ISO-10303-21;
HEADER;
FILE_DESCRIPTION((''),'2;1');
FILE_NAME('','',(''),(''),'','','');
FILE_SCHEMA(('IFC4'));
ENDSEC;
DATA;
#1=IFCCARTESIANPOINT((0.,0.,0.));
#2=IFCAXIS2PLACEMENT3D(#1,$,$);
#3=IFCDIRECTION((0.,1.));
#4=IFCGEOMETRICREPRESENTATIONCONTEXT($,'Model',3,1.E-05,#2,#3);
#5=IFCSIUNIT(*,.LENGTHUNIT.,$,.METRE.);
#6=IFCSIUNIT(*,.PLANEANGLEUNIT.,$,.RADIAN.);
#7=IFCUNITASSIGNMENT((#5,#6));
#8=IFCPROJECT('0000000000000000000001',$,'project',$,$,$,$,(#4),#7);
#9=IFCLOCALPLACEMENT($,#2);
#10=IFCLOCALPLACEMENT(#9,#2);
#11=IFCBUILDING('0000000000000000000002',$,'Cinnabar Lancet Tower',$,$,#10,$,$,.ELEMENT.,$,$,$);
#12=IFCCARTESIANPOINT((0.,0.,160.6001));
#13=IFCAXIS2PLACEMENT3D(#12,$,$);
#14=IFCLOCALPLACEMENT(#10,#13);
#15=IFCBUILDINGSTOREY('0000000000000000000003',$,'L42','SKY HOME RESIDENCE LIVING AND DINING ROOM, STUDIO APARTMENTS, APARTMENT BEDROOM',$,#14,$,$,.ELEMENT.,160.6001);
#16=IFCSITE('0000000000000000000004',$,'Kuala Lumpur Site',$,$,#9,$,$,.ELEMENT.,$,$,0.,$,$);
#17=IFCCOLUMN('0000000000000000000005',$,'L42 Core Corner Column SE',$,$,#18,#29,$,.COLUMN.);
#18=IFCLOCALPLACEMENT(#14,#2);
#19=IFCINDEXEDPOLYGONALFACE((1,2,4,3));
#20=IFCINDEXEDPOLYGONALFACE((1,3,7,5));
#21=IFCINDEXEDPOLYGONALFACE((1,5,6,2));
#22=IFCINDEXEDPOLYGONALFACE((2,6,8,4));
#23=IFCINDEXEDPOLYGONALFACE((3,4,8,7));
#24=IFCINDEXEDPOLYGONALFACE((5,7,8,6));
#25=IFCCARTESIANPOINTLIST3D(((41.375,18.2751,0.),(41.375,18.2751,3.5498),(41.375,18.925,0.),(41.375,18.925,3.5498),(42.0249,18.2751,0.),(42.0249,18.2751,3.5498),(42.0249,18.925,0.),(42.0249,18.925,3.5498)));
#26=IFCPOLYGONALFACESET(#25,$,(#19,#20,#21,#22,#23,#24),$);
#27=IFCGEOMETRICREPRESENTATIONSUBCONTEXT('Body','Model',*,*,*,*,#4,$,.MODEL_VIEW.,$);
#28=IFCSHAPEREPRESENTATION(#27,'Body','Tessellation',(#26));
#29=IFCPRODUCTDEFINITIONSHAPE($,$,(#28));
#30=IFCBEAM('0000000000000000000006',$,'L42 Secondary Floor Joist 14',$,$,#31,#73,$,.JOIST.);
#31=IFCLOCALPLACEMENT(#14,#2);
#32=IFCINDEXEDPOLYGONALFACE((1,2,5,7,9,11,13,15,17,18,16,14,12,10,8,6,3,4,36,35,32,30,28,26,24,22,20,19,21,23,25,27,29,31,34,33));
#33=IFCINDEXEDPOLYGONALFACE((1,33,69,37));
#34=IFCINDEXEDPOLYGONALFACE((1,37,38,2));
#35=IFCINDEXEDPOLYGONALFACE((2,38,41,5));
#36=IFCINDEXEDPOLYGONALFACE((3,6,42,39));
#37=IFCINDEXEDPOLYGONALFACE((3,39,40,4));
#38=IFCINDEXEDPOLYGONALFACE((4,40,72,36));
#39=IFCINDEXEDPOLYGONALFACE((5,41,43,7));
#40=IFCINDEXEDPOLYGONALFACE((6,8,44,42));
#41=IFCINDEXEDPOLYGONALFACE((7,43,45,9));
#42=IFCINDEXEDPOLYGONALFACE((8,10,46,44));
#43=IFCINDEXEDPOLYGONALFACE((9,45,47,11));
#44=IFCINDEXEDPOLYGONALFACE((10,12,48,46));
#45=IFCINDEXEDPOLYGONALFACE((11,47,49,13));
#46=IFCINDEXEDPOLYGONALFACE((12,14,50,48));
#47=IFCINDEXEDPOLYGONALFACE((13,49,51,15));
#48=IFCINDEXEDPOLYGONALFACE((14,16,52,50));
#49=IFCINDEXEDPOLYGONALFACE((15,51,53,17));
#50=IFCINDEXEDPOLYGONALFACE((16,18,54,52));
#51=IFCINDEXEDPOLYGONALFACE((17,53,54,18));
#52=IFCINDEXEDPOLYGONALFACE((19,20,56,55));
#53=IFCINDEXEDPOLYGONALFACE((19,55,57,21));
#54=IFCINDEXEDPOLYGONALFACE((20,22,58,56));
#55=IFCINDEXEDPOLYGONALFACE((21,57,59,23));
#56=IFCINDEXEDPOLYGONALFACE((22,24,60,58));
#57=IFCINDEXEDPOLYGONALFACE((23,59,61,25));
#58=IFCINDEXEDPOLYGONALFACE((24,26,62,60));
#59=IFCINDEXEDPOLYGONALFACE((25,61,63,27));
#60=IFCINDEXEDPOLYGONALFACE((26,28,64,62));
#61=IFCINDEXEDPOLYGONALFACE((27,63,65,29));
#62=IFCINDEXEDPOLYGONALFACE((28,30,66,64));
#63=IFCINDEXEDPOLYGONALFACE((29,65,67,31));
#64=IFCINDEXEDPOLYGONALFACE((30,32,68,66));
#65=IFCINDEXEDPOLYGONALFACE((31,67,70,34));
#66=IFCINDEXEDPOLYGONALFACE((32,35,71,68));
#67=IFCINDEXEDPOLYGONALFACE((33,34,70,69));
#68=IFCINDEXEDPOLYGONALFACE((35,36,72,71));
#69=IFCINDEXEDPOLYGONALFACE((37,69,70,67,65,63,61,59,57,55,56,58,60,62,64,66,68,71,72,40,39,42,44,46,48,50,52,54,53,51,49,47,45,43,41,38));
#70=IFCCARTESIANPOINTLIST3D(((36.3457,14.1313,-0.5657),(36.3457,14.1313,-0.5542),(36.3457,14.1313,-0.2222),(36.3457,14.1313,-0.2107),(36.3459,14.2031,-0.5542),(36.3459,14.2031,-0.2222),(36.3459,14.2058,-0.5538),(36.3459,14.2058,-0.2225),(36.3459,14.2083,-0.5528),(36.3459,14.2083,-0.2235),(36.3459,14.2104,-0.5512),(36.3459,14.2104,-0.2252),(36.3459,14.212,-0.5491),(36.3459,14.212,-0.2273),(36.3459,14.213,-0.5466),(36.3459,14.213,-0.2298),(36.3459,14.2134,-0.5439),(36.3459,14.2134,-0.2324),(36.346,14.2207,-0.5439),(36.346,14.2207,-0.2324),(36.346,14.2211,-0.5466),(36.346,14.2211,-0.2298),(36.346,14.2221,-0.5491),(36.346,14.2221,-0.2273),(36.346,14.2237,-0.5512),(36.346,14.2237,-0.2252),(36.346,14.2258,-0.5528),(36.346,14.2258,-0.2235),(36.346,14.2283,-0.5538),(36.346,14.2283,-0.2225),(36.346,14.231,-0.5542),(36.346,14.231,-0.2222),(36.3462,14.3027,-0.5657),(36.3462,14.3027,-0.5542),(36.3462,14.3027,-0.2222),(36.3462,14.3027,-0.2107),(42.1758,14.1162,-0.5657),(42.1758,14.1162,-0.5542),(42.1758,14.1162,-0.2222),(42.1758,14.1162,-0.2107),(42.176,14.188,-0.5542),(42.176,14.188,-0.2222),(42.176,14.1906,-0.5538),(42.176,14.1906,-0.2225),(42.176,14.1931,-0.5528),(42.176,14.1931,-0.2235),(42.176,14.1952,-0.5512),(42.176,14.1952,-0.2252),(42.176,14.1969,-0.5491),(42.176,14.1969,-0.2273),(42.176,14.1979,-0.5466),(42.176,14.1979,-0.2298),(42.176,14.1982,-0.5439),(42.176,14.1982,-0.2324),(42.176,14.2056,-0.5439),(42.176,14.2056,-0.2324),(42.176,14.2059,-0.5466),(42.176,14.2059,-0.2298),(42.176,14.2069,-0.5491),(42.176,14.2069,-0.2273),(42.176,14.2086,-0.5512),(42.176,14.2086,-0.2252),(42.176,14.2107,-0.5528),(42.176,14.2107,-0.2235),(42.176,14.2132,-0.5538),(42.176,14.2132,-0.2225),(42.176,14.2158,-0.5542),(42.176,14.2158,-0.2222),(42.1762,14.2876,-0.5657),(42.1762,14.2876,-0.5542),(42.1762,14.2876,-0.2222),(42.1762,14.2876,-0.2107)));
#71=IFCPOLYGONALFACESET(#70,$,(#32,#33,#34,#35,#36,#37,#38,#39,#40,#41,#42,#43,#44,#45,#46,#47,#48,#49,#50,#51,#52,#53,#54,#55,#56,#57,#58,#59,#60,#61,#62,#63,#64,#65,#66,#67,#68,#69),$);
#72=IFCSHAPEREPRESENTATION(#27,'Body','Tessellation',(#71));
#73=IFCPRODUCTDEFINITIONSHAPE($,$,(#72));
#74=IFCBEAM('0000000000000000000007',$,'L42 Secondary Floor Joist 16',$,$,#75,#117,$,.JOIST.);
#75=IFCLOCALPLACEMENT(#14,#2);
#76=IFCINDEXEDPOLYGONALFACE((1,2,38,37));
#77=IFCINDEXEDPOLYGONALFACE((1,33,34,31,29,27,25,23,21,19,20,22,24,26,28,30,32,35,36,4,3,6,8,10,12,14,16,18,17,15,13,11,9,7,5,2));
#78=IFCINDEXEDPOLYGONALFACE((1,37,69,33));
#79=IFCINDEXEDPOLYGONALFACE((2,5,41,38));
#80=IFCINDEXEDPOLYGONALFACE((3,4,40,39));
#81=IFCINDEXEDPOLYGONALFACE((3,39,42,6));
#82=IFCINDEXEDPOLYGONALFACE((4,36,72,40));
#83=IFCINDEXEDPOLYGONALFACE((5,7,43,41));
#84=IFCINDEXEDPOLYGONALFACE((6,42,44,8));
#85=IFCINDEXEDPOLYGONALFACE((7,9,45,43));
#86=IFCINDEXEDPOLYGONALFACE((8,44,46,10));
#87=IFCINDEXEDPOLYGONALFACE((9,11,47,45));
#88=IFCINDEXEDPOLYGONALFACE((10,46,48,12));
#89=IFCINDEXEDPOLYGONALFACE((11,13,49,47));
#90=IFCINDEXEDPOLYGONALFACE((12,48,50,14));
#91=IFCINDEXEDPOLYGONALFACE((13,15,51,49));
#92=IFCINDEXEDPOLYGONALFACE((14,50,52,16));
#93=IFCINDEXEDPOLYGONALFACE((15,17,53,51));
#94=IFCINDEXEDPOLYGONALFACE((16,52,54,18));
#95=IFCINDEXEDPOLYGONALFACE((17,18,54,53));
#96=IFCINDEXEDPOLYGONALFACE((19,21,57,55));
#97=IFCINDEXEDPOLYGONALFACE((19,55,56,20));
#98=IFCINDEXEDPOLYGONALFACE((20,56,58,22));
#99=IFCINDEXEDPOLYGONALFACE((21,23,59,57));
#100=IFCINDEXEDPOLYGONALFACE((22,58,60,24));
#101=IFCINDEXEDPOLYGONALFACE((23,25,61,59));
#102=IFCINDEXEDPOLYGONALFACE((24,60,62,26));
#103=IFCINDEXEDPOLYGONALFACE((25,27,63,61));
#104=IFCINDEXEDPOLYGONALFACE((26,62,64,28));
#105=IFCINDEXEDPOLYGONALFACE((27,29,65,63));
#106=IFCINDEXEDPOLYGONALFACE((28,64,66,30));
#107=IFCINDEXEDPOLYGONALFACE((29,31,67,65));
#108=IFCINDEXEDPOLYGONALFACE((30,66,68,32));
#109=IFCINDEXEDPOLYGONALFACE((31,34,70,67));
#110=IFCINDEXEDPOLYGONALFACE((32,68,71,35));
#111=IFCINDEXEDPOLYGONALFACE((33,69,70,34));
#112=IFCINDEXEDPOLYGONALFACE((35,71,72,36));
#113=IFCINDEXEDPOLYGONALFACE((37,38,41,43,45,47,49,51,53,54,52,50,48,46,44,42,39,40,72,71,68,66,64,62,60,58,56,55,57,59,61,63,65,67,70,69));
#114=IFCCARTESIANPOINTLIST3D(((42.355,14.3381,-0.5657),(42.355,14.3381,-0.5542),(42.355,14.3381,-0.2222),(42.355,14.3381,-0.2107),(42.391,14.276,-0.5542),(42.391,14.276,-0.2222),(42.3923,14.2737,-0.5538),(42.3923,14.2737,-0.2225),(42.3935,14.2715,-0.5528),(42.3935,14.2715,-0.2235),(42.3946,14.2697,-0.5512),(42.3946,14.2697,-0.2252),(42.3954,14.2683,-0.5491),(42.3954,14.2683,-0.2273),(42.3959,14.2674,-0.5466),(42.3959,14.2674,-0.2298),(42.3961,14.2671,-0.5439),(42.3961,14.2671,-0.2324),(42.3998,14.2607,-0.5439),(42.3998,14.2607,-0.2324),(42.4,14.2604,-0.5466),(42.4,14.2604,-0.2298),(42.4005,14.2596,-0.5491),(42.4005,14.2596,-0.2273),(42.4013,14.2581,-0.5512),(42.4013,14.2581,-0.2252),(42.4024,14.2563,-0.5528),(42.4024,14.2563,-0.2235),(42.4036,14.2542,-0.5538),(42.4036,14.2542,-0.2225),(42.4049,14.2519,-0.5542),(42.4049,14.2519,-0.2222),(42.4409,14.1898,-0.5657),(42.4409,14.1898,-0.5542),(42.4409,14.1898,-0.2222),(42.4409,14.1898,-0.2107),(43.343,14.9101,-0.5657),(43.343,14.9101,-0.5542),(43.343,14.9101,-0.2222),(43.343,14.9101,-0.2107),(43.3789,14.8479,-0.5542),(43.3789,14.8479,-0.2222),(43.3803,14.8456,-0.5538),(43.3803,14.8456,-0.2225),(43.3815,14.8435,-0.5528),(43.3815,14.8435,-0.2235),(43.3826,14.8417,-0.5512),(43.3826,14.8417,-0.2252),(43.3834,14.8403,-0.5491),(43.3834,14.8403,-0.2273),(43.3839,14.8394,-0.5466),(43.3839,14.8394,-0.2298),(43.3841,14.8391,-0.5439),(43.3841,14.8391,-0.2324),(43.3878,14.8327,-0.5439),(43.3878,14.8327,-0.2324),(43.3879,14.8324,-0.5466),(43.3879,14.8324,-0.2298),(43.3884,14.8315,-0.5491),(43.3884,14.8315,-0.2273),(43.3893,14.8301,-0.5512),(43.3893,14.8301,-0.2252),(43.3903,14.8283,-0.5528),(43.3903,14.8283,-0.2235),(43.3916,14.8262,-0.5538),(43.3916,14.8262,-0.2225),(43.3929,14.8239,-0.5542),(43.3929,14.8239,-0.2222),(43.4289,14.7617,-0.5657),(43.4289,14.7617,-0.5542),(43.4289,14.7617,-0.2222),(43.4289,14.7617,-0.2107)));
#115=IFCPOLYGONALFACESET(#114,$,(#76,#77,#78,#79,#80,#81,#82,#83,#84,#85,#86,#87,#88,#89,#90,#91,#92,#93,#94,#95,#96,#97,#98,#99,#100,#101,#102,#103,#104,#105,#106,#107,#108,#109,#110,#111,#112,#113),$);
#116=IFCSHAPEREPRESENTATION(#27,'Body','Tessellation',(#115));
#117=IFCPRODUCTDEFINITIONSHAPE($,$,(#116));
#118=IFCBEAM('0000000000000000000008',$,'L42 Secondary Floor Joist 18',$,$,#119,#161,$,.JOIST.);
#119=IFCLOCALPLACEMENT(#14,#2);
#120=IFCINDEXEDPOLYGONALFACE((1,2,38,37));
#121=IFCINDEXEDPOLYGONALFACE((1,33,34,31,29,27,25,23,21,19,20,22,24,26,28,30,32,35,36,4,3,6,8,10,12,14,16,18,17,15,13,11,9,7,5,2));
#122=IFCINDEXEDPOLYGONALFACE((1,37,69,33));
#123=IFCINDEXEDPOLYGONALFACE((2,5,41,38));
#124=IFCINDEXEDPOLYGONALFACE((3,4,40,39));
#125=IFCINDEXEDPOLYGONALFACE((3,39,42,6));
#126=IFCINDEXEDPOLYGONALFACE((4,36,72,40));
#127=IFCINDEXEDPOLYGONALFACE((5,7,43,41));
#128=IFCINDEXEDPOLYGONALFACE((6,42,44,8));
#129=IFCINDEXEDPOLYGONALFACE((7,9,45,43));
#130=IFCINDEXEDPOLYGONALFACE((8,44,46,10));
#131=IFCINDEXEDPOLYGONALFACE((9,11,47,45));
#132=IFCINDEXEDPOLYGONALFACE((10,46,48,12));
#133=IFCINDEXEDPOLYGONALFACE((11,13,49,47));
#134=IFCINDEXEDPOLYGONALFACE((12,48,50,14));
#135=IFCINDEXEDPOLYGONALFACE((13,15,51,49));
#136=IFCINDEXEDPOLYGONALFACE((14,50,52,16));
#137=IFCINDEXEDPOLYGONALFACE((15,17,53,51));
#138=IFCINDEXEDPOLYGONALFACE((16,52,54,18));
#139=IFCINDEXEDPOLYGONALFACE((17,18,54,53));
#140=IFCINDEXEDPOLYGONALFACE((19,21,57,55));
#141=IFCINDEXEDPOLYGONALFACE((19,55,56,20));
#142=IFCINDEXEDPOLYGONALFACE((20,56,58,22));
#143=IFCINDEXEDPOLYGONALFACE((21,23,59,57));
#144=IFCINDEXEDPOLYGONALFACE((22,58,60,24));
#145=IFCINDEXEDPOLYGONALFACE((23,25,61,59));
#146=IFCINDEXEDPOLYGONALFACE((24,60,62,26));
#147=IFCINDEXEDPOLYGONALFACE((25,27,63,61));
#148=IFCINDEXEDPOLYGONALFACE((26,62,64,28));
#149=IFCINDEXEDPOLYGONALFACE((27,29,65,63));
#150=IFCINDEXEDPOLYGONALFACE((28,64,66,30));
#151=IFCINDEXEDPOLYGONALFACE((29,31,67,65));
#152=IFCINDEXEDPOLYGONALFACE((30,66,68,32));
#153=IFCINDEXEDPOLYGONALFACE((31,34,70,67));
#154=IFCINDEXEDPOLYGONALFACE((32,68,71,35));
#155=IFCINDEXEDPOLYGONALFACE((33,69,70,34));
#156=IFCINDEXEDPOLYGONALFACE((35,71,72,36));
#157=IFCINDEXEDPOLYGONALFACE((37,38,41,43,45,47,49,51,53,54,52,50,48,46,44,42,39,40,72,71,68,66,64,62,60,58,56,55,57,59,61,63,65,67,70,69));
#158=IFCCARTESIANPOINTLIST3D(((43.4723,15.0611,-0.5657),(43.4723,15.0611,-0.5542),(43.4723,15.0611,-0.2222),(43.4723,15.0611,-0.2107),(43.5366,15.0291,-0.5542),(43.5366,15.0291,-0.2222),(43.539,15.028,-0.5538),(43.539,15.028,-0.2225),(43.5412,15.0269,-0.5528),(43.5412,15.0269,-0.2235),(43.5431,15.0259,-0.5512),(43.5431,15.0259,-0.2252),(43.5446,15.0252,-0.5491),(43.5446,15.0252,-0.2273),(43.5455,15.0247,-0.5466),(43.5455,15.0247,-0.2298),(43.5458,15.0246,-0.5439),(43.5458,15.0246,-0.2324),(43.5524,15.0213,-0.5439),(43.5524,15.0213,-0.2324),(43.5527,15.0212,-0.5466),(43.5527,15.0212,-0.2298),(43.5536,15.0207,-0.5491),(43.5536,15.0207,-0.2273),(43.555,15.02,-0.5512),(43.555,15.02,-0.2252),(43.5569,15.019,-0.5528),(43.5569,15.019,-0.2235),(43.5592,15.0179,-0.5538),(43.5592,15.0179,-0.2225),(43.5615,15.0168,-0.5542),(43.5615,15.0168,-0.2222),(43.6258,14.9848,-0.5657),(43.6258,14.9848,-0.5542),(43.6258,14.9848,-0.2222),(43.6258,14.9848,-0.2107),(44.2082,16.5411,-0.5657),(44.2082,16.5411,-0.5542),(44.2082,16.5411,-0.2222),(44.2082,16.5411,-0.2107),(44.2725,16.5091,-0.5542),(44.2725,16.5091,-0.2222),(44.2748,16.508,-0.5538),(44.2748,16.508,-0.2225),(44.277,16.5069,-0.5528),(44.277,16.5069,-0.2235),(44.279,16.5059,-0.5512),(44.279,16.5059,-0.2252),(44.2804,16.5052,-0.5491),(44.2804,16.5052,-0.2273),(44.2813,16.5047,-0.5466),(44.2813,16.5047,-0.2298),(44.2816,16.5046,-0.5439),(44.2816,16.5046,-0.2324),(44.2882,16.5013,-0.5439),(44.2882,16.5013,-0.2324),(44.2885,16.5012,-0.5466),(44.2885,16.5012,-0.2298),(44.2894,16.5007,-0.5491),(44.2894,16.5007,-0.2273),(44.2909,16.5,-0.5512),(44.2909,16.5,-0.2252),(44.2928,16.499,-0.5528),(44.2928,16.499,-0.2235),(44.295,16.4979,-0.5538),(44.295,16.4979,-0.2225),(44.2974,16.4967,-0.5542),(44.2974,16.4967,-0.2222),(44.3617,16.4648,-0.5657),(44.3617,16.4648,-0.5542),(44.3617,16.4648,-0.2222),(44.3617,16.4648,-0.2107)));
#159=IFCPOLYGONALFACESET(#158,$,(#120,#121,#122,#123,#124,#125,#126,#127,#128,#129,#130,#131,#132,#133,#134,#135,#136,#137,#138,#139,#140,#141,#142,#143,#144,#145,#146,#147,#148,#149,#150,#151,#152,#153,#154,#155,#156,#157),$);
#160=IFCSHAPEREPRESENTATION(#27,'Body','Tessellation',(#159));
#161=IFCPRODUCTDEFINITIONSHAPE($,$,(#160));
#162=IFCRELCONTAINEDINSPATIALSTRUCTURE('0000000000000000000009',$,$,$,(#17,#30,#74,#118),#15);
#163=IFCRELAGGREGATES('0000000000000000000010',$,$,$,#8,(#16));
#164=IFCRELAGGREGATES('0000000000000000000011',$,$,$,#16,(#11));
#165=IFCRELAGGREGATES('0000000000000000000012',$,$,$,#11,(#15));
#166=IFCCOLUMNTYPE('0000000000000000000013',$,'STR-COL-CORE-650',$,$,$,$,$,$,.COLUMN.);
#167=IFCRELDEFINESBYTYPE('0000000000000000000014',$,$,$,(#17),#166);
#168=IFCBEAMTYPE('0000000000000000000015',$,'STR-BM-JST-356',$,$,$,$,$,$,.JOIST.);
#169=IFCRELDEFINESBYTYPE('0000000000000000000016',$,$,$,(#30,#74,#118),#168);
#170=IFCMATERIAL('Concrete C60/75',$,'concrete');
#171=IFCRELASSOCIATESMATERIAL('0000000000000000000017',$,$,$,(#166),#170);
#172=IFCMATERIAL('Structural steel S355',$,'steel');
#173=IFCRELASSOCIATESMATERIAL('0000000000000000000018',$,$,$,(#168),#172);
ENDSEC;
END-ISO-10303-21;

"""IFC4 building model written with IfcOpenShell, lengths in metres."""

from ifc_helpers import new_model, si_unit, direction, frame, origin, origin_2d, place, context, subcontext, project, spatial, rectangle, i_section, extrude, material, material_profile, profile_set, type_object, element, save


model = new_model("IFC4")

# Units and contexts
model_context = context("Model", 3, precision=1e-05, world=origin(), true_north=direction((0.0, 1.0)))
body_context = subcontext(model_context, "Body", "Model", "MODEL_VIEW")
ifc_project = project(units=[si_unit("LENGTHUNIT", "METRE"), si_unit("PLANEANGLEUNIT", "RADIAN")], contexts=[model_context])

# Site, building, storey
site_placement = place(None, origin())
site = spatial("IfcSite", under=ifc_project, at=site_placement, Name="Kuala Lumpur Site", CompositionType="ELEMENT", RefElevation=0.0)
building_placement = place(site_placement, origin())
building = spatial("IfcBuilding", under=site, at=building_placement, Name="Cinnabar Lancet Tower", CompositionType="ELEMENT")
storey_placement = place(building_placement, frame((0.0, 0.0, 160.6001)))
storey = spatial("IfcBuildingStorey", under=building, at=storey_placement, Name="L42", Description="SKY HOME RESIDENCE LIVING AND DINING ROOM, STUDIO APARTMENTS, APARTMENT BEDROOM", CompositionType="ELEMENT", Elevation=160.6001)

# Column
ifc_material_1 = material(Name="Concrete C60/75", Category="concrete")
ifc_material_profile_1 = material_profile(ifc_material_1, rectangle(XDim=0.6499, YDim=0.6499, at=origin_2d()), Name="RC-COL 650x650")
ifc_profile_set_1 = profile_set([ifc_material_profile_1], Name="Concrete C60/75")
column_type = type_object("IfcColumnType", Name="STR-COL-CORE-650", PredefinedType="COLUMN", material=ifc_profile_set_1)
column_placement = place(storey_placement, frame((41.7, 18.6001, 0.0), z_axis=(0.0, 0.0, 1.0), x_axis=(1.0, 0.0, 0.0)))
element("IfcColumn", 1, at=column_placement, inside=storey, type_object=column_type, Name="L42 Core Corner Column SE", PredefinedType="COLUMN", context=body_context, shape_type="SweptSolid", body=[
    extrude(rectangle(XDim=0.6499, YDim=0.6499, at=origin_2d()), origin(), (0.0, 0.0, 1.0), 3.5498),
])

# Beams
ifc_material_2 = material(Name="Structural steel S355", Category="steel")
ifc_material_profile_2 = material_profile(ifc_material_2, i_section(OverallWidth=0.1714, OverallDepth=0.355, WebThickness=0.0073, FlangeThickness=0.0115, FilletRadius=0.0103, at=origin_2d()), Name="UKB 356x171x51")
ifc_profile_set_2 = profile_set([ifc_material_profile_2], Name="Structural steel S355")
beam_type_1 = type_object("IfcBeamType", Name="STR-BM-JST-356", PredefinedType="JOIST", material=ifc_profile_set_2)
beam_1_placement = place(storey_placement, frame((36.3459, 14.217, -0.3882), z_axis=(0.999997, -0.002596, 0.0), x_axis=(0.002596, 0.999997, 0.0)))
element("IfcBeam", 2, at=beam_1_placement, inside=storey, type_object=beam_type_1, Name="L42 Secondary Floor Joist 14", PredefinedType="JOIST", context=body_context, shape_type="SweptSolid", body=[
    extrude(i_section(OverallWidth=0.1714, OverallDepth=0.355, WebThickness=0.0073, FlangeThickness=0.0115, FilletRadius=0.0103, at=origin_2d()), origin(), (0.0, 0.0, 1.0), 5.8301),
])
beam_2_placement = place(storey_placement, frame((42.3979, 14.2639, -0.3882), z_axis=(0.865426, 0.501036, 0.0), x_axis=(-0.501036, 0.865426, 0.0)))
element("IfcBeam", 3, at=beam_2_placement, inside=storey, type_object=beam_type_1, Name="L42 Secondary Floor Joist 16", PredefinedType="JOIST", context=body_context, shape_type="SweptSolid", body=[
    extrude(i_section(OverallWidth=0.1714, OverallDepth=0.355, WebThickness=0.0073, FlangeThickness=0.0115, FilletRadius=0.0103, at=origin_2d()), origin(), (0.0, 0.0, 1.0), 1.1416),
])
beam_3_placement = place(storey_placement, frame((43.5491, 15.0229, -0.3882), z_axis=(0.445204, 0.895429, 0.0), x_axis=(-0.895429, 0.445204, 0.0)))
element("IfcBeam", 4, at=beam_3_placement, inside=storey, type_object=beam_type_1, Name="L42 Secondary Floor Joist 18", PredefinedType="JOIST", context=body_context, shape_type="SweptSolid", body=[
    extrude(i_section(OverallWidth=0.1714, OverallDepth=0.355, WebThickness=0.0073, FlangeThickness=0.0115, FilletRadius=0.0103, at=origin_2d()), origin(), (0.0, 0.0, 1.0), 1.6528),
])

save(model, "model.ifc")
